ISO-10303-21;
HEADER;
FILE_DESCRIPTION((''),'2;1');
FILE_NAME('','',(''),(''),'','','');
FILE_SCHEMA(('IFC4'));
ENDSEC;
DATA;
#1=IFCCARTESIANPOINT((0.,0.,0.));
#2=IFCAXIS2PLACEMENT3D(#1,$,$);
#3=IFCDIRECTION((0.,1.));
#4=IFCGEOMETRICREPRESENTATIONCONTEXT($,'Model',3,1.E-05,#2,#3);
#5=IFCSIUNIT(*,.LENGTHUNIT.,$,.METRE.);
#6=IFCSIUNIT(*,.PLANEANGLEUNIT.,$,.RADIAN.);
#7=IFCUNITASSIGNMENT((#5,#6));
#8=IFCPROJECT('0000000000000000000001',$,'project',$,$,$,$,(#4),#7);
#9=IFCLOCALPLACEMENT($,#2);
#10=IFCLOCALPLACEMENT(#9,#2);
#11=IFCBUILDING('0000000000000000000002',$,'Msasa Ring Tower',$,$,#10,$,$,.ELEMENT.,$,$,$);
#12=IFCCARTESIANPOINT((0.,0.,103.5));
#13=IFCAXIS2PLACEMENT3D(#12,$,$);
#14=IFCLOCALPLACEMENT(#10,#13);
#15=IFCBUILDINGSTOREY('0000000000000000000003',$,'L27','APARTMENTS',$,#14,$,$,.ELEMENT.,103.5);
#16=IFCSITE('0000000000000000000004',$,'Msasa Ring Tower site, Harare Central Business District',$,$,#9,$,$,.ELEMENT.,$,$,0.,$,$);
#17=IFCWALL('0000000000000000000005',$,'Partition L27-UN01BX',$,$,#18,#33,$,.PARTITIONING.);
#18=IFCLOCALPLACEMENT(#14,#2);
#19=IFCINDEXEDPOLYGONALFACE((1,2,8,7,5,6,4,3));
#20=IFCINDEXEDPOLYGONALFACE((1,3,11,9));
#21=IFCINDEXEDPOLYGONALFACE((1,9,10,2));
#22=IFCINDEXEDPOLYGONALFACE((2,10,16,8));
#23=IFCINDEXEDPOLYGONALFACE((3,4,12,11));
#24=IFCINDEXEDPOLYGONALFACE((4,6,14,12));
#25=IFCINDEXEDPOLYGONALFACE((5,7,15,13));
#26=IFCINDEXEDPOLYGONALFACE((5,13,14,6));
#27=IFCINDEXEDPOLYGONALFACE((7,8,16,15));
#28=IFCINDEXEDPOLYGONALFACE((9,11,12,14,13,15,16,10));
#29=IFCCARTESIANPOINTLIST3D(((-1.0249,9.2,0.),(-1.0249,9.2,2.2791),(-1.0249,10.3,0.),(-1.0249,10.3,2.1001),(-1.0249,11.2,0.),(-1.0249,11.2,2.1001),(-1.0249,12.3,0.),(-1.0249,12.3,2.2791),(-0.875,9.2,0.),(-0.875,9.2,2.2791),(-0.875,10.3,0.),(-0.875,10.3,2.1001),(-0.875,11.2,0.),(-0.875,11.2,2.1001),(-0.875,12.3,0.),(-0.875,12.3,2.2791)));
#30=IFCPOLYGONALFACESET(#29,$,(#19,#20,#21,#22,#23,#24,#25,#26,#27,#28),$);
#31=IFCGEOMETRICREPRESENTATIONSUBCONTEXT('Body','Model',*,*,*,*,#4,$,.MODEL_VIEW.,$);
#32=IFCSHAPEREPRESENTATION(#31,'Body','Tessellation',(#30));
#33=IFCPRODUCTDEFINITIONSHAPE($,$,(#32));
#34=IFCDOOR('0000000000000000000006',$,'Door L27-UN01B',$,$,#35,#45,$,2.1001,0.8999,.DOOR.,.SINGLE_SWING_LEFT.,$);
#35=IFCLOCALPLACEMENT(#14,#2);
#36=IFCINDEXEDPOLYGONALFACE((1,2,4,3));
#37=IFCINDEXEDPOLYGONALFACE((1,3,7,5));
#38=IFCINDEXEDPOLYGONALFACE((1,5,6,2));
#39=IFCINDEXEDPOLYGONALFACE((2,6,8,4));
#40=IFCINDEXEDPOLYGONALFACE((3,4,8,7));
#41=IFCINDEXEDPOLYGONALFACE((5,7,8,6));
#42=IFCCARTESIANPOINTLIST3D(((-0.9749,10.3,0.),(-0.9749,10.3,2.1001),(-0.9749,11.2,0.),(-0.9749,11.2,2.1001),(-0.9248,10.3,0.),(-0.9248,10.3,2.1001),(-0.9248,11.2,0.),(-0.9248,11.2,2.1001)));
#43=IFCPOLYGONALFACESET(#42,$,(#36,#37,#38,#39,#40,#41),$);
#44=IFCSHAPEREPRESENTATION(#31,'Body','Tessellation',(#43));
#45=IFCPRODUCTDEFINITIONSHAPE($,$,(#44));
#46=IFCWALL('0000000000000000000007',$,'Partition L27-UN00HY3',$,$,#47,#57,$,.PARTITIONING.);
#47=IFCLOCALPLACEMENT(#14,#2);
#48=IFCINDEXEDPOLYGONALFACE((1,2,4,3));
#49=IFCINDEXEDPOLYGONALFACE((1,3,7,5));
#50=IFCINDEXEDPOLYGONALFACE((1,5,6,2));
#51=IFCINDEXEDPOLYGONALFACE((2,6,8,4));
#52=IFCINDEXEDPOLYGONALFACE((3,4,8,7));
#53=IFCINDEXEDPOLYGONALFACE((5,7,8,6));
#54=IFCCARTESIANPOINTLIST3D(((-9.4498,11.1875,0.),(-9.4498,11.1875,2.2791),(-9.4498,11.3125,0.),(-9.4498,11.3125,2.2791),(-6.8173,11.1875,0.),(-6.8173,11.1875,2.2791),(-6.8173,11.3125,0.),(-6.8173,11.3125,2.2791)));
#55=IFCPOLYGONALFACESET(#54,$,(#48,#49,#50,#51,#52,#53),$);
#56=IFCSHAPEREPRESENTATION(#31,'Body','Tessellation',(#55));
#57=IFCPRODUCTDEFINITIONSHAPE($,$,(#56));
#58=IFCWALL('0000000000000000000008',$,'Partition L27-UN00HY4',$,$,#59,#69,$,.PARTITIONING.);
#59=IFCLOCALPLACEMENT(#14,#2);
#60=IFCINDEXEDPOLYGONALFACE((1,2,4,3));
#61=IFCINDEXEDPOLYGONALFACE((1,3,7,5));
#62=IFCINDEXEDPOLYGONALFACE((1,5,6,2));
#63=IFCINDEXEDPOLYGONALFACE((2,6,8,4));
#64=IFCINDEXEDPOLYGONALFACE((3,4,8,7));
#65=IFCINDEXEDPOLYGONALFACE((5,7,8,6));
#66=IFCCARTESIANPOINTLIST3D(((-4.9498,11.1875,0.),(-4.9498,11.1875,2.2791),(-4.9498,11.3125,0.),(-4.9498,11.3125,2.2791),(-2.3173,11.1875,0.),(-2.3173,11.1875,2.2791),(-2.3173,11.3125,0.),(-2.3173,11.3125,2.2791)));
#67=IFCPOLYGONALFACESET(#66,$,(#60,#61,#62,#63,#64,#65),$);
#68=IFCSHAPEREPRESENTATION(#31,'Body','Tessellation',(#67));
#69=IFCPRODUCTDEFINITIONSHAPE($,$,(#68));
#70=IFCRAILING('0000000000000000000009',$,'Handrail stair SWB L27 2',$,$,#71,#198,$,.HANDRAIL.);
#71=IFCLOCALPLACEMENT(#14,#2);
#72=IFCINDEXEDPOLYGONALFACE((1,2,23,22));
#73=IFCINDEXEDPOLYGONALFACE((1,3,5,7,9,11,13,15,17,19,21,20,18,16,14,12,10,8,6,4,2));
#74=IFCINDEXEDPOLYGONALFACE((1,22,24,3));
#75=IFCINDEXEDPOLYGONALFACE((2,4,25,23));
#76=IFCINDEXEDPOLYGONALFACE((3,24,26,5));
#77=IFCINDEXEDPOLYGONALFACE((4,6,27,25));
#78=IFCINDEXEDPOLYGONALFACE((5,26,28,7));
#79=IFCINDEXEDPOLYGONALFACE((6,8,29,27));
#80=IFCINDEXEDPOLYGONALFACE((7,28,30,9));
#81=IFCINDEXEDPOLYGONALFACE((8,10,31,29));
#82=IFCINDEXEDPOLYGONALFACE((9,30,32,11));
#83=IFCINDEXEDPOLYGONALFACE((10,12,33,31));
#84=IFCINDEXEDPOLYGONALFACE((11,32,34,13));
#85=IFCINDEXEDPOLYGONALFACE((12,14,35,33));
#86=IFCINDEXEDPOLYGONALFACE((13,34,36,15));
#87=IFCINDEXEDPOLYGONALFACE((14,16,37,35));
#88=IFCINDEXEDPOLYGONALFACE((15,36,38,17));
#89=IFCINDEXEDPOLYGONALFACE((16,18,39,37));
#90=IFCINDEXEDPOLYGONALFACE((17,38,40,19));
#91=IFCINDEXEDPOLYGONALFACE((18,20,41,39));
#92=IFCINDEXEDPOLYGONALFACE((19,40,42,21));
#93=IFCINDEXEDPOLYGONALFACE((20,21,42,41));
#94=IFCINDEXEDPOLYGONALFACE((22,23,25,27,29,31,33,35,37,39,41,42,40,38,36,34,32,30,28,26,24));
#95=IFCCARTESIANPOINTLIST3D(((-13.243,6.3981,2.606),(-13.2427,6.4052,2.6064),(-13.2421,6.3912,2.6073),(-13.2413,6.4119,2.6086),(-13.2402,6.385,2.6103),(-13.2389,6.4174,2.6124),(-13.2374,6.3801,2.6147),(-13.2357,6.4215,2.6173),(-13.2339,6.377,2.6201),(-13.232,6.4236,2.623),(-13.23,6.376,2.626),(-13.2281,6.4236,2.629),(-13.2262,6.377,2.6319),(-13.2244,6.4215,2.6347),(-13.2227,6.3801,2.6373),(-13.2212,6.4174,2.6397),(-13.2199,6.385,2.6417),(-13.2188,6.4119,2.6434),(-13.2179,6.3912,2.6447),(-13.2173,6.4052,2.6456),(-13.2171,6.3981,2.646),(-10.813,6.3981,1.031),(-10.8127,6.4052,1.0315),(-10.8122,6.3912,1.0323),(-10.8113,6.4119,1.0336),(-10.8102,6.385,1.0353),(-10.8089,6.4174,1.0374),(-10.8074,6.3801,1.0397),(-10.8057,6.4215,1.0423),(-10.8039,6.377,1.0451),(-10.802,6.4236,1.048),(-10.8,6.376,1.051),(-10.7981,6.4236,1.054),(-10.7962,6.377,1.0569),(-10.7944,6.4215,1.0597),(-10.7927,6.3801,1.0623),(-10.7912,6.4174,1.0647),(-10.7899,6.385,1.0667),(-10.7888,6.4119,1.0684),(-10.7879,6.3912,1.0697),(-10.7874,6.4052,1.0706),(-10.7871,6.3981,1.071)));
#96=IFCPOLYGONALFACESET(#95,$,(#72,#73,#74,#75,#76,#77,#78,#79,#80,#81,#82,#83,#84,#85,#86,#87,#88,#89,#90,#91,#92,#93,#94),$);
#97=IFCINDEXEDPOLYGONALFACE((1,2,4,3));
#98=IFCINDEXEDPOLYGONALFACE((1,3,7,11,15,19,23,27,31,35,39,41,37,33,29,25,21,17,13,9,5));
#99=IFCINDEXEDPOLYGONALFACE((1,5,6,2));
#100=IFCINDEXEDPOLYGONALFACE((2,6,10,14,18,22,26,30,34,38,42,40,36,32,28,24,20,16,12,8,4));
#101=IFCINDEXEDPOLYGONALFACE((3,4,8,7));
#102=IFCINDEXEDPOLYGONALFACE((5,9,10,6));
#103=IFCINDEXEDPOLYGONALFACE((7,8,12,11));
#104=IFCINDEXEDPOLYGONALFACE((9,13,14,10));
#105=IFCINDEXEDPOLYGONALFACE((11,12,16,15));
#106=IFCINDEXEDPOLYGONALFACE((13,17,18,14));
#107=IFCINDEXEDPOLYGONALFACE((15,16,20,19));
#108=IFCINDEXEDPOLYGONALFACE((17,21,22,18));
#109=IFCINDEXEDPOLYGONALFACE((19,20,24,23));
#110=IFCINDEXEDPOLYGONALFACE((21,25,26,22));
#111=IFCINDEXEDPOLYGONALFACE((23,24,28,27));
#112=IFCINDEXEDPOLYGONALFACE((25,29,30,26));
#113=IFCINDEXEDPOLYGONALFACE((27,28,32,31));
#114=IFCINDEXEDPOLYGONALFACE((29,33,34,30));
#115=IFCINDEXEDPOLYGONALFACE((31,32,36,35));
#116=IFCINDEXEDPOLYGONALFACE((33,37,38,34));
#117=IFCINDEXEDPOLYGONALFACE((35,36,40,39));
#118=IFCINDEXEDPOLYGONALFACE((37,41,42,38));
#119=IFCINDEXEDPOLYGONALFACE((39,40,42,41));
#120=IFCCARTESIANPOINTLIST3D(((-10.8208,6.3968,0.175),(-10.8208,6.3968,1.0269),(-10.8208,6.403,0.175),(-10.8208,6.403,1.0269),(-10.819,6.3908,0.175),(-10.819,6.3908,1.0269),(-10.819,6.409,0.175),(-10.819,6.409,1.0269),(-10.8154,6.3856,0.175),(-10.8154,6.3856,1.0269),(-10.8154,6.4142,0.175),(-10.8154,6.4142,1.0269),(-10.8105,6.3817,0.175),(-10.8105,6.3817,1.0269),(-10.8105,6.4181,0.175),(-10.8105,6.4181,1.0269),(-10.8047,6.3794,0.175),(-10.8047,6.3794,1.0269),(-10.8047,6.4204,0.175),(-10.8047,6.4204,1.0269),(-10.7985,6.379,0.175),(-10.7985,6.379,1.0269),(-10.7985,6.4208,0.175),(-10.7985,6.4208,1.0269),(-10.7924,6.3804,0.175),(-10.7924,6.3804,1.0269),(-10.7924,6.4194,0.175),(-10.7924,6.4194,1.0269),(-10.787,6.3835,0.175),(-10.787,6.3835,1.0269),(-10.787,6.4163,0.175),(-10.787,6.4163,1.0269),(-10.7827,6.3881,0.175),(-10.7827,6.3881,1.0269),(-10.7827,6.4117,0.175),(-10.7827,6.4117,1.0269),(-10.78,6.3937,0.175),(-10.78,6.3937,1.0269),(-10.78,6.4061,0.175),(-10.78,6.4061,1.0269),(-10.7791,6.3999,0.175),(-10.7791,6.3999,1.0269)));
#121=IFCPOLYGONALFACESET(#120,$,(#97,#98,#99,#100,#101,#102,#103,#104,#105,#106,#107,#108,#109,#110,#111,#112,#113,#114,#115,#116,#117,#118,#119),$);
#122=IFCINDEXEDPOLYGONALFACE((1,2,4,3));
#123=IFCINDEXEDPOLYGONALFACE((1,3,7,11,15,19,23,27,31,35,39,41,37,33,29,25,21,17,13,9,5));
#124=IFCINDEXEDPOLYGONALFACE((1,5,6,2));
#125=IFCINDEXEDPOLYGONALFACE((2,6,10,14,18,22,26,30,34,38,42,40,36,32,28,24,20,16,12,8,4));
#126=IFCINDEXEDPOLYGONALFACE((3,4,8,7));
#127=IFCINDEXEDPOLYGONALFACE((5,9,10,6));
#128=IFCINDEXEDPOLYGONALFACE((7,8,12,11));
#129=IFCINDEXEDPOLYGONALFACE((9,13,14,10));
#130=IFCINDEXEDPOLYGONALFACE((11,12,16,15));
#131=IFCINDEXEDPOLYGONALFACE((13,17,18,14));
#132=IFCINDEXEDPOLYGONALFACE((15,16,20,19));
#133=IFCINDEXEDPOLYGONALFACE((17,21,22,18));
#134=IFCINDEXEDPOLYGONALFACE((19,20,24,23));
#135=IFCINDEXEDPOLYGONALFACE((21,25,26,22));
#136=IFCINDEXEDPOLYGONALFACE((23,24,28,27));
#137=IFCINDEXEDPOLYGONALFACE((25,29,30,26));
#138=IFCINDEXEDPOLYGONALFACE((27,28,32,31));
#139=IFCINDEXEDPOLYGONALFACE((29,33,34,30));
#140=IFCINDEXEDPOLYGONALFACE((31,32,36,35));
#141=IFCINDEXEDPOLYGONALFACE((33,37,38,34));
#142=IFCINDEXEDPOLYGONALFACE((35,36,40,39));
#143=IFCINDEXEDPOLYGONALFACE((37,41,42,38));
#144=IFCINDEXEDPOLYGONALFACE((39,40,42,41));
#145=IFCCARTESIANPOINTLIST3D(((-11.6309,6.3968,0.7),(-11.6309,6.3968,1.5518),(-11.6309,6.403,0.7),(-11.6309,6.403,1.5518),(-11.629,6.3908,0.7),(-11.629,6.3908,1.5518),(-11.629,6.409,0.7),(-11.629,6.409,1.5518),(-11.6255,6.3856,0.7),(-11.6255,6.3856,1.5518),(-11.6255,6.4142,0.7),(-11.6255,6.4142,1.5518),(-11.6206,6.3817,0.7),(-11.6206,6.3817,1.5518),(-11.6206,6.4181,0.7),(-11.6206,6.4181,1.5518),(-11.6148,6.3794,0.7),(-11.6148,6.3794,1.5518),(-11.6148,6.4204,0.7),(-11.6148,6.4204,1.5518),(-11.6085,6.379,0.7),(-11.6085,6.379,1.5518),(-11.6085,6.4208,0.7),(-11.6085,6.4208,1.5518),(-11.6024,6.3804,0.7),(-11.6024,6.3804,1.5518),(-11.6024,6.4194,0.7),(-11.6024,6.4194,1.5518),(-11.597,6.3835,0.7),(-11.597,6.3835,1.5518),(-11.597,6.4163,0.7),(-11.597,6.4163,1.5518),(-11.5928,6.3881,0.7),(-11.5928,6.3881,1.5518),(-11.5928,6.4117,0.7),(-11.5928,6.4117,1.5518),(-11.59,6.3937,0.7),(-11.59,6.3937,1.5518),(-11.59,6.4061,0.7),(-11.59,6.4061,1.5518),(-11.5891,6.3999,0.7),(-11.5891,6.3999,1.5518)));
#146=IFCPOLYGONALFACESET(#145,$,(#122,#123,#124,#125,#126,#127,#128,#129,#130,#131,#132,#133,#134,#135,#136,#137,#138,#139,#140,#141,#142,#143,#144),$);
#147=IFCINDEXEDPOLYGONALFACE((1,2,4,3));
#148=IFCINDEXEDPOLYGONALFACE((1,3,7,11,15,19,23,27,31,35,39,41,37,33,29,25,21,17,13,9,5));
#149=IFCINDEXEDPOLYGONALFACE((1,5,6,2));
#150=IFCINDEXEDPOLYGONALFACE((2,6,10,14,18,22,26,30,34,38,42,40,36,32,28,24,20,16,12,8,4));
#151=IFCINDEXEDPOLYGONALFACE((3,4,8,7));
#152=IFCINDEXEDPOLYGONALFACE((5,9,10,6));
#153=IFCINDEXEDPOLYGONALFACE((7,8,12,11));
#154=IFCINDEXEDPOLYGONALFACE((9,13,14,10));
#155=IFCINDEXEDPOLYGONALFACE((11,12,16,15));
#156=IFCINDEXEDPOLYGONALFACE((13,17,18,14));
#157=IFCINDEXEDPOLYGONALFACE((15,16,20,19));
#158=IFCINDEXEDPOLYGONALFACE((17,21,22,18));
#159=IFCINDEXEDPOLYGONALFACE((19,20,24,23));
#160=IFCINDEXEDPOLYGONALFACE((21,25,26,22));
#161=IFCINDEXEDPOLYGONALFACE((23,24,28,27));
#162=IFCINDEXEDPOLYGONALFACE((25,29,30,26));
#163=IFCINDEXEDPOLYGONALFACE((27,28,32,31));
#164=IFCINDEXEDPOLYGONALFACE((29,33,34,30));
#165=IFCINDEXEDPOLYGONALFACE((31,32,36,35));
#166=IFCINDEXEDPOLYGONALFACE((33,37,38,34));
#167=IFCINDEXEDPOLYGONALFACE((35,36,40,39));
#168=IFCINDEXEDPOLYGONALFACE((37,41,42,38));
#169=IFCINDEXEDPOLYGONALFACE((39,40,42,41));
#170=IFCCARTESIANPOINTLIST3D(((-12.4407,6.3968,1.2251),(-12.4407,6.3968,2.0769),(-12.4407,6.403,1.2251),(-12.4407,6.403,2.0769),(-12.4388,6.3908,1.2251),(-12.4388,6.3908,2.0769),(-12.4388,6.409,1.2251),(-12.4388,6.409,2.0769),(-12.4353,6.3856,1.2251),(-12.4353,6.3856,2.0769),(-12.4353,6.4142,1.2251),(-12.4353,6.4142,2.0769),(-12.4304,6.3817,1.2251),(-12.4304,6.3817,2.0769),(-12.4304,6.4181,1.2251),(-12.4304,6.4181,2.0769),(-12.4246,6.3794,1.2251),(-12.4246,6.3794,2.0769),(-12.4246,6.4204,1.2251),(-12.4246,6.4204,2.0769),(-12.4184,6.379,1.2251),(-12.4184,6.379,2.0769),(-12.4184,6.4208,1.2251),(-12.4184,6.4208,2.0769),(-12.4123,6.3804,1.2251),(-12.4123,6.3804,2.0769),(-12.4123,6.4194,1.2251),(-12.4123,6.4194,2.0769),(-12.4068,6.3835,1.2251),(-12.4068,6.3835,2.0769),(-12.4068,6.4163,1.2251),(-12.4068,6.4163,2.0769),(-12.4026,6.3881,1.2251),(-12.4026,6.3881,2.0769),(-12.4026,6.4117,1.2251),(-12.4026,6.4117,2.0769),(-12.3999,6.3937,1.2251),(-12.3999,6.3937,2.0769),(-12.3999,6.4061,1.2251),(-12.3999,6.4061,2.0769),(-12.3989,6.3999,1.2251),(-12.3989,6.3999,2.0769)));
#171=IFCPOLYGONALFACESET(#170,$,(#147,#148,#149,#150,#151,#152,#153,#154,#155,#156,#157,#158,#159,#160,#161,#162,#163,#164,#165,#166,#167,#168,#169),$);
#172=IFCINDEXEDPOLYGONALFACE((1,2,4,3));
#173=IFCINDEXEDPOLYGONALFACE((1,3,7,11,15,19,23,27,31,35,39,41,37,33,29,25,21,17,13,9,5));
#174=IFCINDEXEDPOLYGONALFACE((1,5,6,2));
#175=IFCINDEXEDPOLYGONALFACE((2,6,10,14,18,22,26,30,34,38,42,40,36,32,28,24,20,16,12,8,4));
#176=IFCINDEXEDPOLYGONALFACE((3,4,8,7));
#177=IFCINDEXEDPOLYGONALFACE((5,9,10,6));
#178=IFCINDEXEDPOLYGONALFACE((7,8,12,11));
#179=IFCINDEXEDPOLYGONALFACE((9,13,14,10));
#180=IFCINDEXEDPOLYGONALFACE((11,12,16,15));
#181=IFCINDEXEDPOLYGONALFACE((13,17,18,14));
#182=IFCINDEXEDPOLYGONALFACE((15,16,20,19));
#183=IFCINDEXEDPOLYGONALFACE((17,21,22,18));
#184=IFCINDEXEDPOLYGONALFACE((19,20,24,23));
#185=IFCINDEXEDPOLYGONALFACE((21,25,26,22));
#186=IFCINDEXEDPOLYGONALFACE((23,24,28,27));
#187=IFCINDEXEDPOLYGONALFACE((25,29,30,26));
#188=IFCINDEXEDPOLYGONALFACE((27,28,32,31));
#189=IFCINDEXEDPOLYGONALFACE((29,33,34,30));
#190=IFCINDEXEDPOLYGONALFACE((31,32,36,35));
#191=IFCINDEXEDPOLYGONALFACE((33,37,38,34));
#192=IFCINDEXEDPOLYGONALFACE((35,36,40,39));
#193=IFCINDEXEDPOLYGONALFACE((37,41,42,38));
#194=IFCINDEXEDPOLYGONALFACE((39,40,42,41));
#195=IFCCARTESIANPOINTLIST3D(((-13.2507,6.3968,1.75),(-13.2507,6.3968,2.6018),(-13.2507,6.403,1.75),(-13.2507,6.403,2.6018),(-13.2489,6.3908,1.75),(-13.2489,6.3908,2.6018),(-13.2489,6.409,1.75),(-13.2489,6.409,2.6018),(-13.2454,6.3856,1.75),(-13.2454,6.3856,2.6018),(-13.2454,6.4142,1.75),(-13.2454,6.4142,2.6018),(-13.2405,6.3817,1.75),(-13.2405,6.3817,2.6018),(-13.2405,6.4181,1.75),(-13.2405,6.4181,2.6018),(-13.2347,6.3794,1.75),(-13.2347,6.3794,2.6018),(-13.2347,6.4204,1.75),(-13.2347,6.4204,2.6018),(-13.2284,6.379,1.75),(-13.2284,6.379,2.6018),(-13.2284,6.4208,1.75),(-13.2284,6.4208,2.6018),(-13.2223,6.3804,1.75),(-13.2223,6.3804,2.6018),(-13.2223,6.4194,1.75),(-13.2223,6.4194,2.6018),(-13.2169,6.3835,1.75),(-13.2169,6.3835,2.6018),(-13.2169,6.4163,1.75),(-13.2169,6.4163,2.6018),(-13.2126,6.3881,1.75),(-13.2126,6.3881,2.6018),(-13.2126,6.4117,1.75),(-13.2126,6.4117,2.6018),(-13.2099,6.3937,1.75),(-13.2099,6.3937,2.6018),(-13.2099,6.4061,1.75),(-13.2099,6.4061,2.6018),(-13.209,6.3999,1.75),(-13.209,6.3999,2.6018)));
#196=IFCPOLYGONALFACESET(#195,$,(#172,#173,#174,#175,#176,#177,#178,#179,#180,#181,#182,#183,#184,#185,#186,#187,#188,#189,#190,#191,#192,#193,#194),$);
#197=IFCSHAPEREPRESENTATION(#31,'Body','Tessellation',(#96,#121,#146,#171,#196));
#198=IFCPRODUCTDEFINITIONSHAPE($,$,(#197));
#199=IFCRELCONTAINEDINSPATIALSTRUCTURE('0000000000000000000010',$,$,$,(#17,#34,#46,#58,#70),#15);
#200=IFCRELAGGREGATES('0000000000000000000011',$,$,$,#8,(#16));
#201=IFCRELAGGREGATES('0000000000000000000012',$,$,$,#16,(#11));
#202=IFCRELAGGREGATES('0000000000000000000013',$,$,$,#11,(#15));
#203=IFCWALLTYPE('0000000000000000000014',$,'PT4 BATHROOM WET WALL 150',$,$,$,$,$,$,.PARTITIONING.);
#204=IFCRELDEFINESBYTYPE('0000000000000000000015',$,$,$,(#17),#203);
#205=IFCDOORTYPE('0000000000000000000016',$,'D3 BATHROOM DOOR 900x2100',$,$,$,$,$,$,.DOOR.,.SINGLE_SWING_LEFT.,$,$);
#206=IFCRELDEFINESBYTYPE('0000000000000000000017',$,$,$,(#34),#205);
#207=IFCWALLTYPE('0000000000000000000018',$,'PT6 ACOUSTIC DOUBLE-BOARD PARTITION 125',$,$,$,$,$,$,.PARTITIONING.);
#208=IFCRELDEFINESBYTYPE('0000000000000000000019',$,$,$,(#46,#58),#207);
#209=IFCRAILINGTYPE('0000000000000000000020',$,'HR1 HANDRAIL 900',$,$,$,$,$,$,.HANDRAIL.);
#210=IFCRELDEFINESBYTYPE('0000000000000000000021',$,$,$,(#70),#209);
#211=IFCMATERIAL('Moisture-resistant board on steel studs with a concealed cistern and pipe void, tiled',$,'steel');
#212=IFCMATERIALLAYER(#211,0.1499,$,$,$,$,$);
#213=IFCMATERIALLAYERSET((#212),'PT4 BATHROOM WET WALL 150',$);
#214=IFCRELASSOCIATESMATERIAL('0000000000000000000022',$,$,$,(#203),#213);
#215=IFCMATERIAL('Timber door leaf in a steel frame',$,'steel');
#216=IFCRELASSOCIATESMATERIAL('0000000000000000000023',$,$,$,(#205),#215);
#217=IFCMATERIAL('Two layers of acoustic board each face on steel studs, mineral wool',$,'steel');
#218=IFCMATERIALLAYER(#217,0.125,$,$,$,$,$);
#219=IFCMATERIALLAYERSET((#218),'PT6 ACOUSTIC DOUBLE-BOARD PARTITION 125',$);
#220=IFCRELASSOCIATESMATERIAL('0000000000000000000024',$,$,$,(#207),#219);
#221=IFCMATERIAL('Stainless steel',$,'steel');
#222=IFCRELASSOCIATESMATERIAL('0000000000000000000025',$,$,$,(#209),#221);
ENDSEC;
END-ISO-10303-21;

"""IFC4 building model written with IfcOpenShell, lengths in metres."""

from ifc_helpers import new_model, si_unit, direction, frame, frame_2d, origin, origin_2d, place, context, subcontext, project, spatial, rectangle, circle, extrude, material, layer, layer_set, type_object, element, fill, save


model = new_model("IFC4")

# Units and contexts
model_context = context("Model", 3, precision=1e-05, world=origin(), true_north=direction((0.0, 1.0)))
body_context = subcontext(model_context, "Body", "Model", "MODEL_VIEW")
ifc_project = project(units=[si_unit("LENGTHUNIT", "METRE"), si_unit("PLANEANGLEUNIT", "RADIAN")], contexts=[model_context])

# Site, building, storey
site_placement = place(None, origin())
site = spatial("IfcSite", under=ifc_project, at=site_placement, Name="Msasa Ring Tower site, Harare Central Business District", CompositionType="ELEMENT", RefElevation=0.0)
building_placement = place(site_placement, origin())
building = spatial("IfcBuilding", under=site, at=building_placement, Name="Msasa Ring Tower", CompositionType="ELEMENT")
storey_placement = place(building_placement, frame((0.0, 0.0, 103.5)))
storey = spatial("IfcBuildingStorey", under=building, at=storey_placement, Name="L27", Description="APARTMENTS", CompositionType="ELEMENT", Elevation=103.5)

# Wall, opening, door
ifc_material_1 = material(Name="Moisture-resistant board on steel studs with a concealed cistern and pipe void, tiled", Category="steel")
ifc_layer_1 = layer(ifc_material_1, 0.1499)
ifc_layer_set_1 = layer_set([ifc_layer_1], Name="PT4 BATHROOM WET WALL 150")
wall_type_1 = type_object("IfcWallType", Name="PT4 BATHROOM WET WALL 150", PredefinedType="PARTITIONING", material=ifc_layer_set_1)
wall_1_placement = place(storey_placement, frame((-0.95, 9.2, 0.0), z_axis=(0.0, 0.0, 1.0), x_axis=(0.0, 1.0, 0.0)))
wall_1 = element("IfcWall", 1, at=wall_1_placement, inside=storey, type_object=wall_type_1, Name="Partition L27-UN01BX", PredefinedType="PARTITIONING", context=body_context, shape_type="SweptSolid", body=[
    extrude(rectangle(XDim=3.1001, YDim=0.1499, at=frame_2d((1.55, 0.0))), origin(), (0.0, 0.0, 1.0), 2.2791),
])
opening_placement = place(wall_1_placement, frame((1.1001, 0.0, 0.0)))
opening = element("IfcOpeningElement", 2, at=opening_placement, cuts=wall_1, PredefinedType="OPENING", context=body_context, shape_type="SweptSolid", body=[
    extrude(rectangle(XDim=0.8999, YDim=2.1001, at=frame_2d((0.45, 1.05))), frame((0.0, 0.085, 0.0), z_axis=(0.0, -1.0, 0.0), x_axis=(1.0, 0.0, 0.0)), (0.0, 0.0, 1.0), 0.1699),
])
ifc_material_2 = material(Name="Timber door leaf in a steel frame", Category="steel")
door_type = type_object("IfcDoorType", Name="D3 BATHROOM DOOR 900x2100", OperationType="SINGLE_SWING_LEFT", PredefinedType="DOOR", material=ifc_material_2)
door_placement = place(opening_placement, origin())
door = element("IfcDoor", 3, at=door_placement, inside=storey, type_object=door_type, Name="Door L27-UN01B", OperationType="SINGLE_SWING_LEFT", OverallHeight=2.1001, OverallWidth=0.8999, PredefinedType="DOOR", context=body_context, shape_type="SweptSolid", body=[
    extrude(rectangle(XDim=0.8999, YDim=2.1001, at=frame_2d((0.45, 1.05))), frame((0.0, 0.0249, 0.0), z_axis=(0.0, -1.0, 0.0), x_axis=(1.0, 0.0, 0.0)), (0.0, 0.0, 1.0), 0.05),
])
fill(opening, door)

# Walls
ifc_material_3 = material(Name="Two layers of acoustic board each face on steel studs, mineral wool", Category="steel")
ifc_layer_2 = layer(ifc_material_3, 0.125)
ifc_layer_set_2 = layer_set([ifc_layer_2], Name="PT6 ACOUSTIC DOUBLE-BOARD PARTITION 125")
wall_type_2 = type_object("IfcWallType", Name="PT6 ACOUSTIC DOUBLE-BOARD PARTITION 125", PredefinedType="PARTITIONING", material=ifc_layer_set_2)
for number, where, z_axis, x_axis, name in (
    (4, (-9.45, 11.25, 0.0), (0.0, 0.0, 1.0), (1.0, 0.0, 0.0), "Partition L27-UN00HY3"),
    (5, (-4.95, 11.25, 0.0), (0.0, 0.0, 1.0), (1.0, 0.0, 0.0), "Partition L27-UN00HY4"),
):
    element("IfcWall", number, at=place(storey_placement, frame(where, z_axis=z_axis, x_axis=x_axis)), inside=storey, type_object=wall_type_2, Name=name, PredefinedType="PARTITIONING", context=body_context, shape_type="SweptSolid", body=[
        extrude(rectangle(XDim=2.6326, YDim=0.125, at=frame_2d((1.3164, 0.0))), origin(), (0.0, 0.0, 1.0), 2.2791),
    ])

# Railing
ifc_material_4 = material(Name="Stainless steel", Category="steel")
railing_type = type_object("IfcRailingType", Name="HR1 HANDRAIL 900", PredefinedType="HANDRAIL", material=ifc_material_4)
railing_placement = place(storey_placement, frame((-10.8, 6.3999, 0.175)))
element("IfcRailing", 6, at=railing_placement, inside=storey, type_object=railing_type, Name="Handrail stair SWB L27 2", PredefinedType="HANDRAIL", context=body_context, shape_type="SweptSolid", body=[
    extrude(circle(Radius=0.0239, at=origin_2d()), frame((0.0, 0.0, 0.876), z_axis=(-0.839154, 0.0, 0.543894), x_axis=(0.0, -1.0, 0.0)), (0.0, 0.0, 1.0), 2.8958),
    extrude(circle(Radius=0.021, at=origin_2d()), origin(), (0.0, 0.0, 1.0), 0.8518),
    extrude(circle(Radius=0.021, at=origin_2d()), frame((-0.8101, 0.0, 0.5249)), (0.0, 0.0, 1.0), 0.8518),
    extrude(circle(Radius=0.021, at=origin_2d()), frame((-1.6199, 0.0, 1.05)), (0.0, 0.0, 1.0), 0.8518),
    extrude(circle(Radius=0.021, at=origin_2d()), frame((-2.4299, 0.0, 1.575)), (0.0, 0.0, 1.0), 0.8518),
])

save(model, "model.ifc")
